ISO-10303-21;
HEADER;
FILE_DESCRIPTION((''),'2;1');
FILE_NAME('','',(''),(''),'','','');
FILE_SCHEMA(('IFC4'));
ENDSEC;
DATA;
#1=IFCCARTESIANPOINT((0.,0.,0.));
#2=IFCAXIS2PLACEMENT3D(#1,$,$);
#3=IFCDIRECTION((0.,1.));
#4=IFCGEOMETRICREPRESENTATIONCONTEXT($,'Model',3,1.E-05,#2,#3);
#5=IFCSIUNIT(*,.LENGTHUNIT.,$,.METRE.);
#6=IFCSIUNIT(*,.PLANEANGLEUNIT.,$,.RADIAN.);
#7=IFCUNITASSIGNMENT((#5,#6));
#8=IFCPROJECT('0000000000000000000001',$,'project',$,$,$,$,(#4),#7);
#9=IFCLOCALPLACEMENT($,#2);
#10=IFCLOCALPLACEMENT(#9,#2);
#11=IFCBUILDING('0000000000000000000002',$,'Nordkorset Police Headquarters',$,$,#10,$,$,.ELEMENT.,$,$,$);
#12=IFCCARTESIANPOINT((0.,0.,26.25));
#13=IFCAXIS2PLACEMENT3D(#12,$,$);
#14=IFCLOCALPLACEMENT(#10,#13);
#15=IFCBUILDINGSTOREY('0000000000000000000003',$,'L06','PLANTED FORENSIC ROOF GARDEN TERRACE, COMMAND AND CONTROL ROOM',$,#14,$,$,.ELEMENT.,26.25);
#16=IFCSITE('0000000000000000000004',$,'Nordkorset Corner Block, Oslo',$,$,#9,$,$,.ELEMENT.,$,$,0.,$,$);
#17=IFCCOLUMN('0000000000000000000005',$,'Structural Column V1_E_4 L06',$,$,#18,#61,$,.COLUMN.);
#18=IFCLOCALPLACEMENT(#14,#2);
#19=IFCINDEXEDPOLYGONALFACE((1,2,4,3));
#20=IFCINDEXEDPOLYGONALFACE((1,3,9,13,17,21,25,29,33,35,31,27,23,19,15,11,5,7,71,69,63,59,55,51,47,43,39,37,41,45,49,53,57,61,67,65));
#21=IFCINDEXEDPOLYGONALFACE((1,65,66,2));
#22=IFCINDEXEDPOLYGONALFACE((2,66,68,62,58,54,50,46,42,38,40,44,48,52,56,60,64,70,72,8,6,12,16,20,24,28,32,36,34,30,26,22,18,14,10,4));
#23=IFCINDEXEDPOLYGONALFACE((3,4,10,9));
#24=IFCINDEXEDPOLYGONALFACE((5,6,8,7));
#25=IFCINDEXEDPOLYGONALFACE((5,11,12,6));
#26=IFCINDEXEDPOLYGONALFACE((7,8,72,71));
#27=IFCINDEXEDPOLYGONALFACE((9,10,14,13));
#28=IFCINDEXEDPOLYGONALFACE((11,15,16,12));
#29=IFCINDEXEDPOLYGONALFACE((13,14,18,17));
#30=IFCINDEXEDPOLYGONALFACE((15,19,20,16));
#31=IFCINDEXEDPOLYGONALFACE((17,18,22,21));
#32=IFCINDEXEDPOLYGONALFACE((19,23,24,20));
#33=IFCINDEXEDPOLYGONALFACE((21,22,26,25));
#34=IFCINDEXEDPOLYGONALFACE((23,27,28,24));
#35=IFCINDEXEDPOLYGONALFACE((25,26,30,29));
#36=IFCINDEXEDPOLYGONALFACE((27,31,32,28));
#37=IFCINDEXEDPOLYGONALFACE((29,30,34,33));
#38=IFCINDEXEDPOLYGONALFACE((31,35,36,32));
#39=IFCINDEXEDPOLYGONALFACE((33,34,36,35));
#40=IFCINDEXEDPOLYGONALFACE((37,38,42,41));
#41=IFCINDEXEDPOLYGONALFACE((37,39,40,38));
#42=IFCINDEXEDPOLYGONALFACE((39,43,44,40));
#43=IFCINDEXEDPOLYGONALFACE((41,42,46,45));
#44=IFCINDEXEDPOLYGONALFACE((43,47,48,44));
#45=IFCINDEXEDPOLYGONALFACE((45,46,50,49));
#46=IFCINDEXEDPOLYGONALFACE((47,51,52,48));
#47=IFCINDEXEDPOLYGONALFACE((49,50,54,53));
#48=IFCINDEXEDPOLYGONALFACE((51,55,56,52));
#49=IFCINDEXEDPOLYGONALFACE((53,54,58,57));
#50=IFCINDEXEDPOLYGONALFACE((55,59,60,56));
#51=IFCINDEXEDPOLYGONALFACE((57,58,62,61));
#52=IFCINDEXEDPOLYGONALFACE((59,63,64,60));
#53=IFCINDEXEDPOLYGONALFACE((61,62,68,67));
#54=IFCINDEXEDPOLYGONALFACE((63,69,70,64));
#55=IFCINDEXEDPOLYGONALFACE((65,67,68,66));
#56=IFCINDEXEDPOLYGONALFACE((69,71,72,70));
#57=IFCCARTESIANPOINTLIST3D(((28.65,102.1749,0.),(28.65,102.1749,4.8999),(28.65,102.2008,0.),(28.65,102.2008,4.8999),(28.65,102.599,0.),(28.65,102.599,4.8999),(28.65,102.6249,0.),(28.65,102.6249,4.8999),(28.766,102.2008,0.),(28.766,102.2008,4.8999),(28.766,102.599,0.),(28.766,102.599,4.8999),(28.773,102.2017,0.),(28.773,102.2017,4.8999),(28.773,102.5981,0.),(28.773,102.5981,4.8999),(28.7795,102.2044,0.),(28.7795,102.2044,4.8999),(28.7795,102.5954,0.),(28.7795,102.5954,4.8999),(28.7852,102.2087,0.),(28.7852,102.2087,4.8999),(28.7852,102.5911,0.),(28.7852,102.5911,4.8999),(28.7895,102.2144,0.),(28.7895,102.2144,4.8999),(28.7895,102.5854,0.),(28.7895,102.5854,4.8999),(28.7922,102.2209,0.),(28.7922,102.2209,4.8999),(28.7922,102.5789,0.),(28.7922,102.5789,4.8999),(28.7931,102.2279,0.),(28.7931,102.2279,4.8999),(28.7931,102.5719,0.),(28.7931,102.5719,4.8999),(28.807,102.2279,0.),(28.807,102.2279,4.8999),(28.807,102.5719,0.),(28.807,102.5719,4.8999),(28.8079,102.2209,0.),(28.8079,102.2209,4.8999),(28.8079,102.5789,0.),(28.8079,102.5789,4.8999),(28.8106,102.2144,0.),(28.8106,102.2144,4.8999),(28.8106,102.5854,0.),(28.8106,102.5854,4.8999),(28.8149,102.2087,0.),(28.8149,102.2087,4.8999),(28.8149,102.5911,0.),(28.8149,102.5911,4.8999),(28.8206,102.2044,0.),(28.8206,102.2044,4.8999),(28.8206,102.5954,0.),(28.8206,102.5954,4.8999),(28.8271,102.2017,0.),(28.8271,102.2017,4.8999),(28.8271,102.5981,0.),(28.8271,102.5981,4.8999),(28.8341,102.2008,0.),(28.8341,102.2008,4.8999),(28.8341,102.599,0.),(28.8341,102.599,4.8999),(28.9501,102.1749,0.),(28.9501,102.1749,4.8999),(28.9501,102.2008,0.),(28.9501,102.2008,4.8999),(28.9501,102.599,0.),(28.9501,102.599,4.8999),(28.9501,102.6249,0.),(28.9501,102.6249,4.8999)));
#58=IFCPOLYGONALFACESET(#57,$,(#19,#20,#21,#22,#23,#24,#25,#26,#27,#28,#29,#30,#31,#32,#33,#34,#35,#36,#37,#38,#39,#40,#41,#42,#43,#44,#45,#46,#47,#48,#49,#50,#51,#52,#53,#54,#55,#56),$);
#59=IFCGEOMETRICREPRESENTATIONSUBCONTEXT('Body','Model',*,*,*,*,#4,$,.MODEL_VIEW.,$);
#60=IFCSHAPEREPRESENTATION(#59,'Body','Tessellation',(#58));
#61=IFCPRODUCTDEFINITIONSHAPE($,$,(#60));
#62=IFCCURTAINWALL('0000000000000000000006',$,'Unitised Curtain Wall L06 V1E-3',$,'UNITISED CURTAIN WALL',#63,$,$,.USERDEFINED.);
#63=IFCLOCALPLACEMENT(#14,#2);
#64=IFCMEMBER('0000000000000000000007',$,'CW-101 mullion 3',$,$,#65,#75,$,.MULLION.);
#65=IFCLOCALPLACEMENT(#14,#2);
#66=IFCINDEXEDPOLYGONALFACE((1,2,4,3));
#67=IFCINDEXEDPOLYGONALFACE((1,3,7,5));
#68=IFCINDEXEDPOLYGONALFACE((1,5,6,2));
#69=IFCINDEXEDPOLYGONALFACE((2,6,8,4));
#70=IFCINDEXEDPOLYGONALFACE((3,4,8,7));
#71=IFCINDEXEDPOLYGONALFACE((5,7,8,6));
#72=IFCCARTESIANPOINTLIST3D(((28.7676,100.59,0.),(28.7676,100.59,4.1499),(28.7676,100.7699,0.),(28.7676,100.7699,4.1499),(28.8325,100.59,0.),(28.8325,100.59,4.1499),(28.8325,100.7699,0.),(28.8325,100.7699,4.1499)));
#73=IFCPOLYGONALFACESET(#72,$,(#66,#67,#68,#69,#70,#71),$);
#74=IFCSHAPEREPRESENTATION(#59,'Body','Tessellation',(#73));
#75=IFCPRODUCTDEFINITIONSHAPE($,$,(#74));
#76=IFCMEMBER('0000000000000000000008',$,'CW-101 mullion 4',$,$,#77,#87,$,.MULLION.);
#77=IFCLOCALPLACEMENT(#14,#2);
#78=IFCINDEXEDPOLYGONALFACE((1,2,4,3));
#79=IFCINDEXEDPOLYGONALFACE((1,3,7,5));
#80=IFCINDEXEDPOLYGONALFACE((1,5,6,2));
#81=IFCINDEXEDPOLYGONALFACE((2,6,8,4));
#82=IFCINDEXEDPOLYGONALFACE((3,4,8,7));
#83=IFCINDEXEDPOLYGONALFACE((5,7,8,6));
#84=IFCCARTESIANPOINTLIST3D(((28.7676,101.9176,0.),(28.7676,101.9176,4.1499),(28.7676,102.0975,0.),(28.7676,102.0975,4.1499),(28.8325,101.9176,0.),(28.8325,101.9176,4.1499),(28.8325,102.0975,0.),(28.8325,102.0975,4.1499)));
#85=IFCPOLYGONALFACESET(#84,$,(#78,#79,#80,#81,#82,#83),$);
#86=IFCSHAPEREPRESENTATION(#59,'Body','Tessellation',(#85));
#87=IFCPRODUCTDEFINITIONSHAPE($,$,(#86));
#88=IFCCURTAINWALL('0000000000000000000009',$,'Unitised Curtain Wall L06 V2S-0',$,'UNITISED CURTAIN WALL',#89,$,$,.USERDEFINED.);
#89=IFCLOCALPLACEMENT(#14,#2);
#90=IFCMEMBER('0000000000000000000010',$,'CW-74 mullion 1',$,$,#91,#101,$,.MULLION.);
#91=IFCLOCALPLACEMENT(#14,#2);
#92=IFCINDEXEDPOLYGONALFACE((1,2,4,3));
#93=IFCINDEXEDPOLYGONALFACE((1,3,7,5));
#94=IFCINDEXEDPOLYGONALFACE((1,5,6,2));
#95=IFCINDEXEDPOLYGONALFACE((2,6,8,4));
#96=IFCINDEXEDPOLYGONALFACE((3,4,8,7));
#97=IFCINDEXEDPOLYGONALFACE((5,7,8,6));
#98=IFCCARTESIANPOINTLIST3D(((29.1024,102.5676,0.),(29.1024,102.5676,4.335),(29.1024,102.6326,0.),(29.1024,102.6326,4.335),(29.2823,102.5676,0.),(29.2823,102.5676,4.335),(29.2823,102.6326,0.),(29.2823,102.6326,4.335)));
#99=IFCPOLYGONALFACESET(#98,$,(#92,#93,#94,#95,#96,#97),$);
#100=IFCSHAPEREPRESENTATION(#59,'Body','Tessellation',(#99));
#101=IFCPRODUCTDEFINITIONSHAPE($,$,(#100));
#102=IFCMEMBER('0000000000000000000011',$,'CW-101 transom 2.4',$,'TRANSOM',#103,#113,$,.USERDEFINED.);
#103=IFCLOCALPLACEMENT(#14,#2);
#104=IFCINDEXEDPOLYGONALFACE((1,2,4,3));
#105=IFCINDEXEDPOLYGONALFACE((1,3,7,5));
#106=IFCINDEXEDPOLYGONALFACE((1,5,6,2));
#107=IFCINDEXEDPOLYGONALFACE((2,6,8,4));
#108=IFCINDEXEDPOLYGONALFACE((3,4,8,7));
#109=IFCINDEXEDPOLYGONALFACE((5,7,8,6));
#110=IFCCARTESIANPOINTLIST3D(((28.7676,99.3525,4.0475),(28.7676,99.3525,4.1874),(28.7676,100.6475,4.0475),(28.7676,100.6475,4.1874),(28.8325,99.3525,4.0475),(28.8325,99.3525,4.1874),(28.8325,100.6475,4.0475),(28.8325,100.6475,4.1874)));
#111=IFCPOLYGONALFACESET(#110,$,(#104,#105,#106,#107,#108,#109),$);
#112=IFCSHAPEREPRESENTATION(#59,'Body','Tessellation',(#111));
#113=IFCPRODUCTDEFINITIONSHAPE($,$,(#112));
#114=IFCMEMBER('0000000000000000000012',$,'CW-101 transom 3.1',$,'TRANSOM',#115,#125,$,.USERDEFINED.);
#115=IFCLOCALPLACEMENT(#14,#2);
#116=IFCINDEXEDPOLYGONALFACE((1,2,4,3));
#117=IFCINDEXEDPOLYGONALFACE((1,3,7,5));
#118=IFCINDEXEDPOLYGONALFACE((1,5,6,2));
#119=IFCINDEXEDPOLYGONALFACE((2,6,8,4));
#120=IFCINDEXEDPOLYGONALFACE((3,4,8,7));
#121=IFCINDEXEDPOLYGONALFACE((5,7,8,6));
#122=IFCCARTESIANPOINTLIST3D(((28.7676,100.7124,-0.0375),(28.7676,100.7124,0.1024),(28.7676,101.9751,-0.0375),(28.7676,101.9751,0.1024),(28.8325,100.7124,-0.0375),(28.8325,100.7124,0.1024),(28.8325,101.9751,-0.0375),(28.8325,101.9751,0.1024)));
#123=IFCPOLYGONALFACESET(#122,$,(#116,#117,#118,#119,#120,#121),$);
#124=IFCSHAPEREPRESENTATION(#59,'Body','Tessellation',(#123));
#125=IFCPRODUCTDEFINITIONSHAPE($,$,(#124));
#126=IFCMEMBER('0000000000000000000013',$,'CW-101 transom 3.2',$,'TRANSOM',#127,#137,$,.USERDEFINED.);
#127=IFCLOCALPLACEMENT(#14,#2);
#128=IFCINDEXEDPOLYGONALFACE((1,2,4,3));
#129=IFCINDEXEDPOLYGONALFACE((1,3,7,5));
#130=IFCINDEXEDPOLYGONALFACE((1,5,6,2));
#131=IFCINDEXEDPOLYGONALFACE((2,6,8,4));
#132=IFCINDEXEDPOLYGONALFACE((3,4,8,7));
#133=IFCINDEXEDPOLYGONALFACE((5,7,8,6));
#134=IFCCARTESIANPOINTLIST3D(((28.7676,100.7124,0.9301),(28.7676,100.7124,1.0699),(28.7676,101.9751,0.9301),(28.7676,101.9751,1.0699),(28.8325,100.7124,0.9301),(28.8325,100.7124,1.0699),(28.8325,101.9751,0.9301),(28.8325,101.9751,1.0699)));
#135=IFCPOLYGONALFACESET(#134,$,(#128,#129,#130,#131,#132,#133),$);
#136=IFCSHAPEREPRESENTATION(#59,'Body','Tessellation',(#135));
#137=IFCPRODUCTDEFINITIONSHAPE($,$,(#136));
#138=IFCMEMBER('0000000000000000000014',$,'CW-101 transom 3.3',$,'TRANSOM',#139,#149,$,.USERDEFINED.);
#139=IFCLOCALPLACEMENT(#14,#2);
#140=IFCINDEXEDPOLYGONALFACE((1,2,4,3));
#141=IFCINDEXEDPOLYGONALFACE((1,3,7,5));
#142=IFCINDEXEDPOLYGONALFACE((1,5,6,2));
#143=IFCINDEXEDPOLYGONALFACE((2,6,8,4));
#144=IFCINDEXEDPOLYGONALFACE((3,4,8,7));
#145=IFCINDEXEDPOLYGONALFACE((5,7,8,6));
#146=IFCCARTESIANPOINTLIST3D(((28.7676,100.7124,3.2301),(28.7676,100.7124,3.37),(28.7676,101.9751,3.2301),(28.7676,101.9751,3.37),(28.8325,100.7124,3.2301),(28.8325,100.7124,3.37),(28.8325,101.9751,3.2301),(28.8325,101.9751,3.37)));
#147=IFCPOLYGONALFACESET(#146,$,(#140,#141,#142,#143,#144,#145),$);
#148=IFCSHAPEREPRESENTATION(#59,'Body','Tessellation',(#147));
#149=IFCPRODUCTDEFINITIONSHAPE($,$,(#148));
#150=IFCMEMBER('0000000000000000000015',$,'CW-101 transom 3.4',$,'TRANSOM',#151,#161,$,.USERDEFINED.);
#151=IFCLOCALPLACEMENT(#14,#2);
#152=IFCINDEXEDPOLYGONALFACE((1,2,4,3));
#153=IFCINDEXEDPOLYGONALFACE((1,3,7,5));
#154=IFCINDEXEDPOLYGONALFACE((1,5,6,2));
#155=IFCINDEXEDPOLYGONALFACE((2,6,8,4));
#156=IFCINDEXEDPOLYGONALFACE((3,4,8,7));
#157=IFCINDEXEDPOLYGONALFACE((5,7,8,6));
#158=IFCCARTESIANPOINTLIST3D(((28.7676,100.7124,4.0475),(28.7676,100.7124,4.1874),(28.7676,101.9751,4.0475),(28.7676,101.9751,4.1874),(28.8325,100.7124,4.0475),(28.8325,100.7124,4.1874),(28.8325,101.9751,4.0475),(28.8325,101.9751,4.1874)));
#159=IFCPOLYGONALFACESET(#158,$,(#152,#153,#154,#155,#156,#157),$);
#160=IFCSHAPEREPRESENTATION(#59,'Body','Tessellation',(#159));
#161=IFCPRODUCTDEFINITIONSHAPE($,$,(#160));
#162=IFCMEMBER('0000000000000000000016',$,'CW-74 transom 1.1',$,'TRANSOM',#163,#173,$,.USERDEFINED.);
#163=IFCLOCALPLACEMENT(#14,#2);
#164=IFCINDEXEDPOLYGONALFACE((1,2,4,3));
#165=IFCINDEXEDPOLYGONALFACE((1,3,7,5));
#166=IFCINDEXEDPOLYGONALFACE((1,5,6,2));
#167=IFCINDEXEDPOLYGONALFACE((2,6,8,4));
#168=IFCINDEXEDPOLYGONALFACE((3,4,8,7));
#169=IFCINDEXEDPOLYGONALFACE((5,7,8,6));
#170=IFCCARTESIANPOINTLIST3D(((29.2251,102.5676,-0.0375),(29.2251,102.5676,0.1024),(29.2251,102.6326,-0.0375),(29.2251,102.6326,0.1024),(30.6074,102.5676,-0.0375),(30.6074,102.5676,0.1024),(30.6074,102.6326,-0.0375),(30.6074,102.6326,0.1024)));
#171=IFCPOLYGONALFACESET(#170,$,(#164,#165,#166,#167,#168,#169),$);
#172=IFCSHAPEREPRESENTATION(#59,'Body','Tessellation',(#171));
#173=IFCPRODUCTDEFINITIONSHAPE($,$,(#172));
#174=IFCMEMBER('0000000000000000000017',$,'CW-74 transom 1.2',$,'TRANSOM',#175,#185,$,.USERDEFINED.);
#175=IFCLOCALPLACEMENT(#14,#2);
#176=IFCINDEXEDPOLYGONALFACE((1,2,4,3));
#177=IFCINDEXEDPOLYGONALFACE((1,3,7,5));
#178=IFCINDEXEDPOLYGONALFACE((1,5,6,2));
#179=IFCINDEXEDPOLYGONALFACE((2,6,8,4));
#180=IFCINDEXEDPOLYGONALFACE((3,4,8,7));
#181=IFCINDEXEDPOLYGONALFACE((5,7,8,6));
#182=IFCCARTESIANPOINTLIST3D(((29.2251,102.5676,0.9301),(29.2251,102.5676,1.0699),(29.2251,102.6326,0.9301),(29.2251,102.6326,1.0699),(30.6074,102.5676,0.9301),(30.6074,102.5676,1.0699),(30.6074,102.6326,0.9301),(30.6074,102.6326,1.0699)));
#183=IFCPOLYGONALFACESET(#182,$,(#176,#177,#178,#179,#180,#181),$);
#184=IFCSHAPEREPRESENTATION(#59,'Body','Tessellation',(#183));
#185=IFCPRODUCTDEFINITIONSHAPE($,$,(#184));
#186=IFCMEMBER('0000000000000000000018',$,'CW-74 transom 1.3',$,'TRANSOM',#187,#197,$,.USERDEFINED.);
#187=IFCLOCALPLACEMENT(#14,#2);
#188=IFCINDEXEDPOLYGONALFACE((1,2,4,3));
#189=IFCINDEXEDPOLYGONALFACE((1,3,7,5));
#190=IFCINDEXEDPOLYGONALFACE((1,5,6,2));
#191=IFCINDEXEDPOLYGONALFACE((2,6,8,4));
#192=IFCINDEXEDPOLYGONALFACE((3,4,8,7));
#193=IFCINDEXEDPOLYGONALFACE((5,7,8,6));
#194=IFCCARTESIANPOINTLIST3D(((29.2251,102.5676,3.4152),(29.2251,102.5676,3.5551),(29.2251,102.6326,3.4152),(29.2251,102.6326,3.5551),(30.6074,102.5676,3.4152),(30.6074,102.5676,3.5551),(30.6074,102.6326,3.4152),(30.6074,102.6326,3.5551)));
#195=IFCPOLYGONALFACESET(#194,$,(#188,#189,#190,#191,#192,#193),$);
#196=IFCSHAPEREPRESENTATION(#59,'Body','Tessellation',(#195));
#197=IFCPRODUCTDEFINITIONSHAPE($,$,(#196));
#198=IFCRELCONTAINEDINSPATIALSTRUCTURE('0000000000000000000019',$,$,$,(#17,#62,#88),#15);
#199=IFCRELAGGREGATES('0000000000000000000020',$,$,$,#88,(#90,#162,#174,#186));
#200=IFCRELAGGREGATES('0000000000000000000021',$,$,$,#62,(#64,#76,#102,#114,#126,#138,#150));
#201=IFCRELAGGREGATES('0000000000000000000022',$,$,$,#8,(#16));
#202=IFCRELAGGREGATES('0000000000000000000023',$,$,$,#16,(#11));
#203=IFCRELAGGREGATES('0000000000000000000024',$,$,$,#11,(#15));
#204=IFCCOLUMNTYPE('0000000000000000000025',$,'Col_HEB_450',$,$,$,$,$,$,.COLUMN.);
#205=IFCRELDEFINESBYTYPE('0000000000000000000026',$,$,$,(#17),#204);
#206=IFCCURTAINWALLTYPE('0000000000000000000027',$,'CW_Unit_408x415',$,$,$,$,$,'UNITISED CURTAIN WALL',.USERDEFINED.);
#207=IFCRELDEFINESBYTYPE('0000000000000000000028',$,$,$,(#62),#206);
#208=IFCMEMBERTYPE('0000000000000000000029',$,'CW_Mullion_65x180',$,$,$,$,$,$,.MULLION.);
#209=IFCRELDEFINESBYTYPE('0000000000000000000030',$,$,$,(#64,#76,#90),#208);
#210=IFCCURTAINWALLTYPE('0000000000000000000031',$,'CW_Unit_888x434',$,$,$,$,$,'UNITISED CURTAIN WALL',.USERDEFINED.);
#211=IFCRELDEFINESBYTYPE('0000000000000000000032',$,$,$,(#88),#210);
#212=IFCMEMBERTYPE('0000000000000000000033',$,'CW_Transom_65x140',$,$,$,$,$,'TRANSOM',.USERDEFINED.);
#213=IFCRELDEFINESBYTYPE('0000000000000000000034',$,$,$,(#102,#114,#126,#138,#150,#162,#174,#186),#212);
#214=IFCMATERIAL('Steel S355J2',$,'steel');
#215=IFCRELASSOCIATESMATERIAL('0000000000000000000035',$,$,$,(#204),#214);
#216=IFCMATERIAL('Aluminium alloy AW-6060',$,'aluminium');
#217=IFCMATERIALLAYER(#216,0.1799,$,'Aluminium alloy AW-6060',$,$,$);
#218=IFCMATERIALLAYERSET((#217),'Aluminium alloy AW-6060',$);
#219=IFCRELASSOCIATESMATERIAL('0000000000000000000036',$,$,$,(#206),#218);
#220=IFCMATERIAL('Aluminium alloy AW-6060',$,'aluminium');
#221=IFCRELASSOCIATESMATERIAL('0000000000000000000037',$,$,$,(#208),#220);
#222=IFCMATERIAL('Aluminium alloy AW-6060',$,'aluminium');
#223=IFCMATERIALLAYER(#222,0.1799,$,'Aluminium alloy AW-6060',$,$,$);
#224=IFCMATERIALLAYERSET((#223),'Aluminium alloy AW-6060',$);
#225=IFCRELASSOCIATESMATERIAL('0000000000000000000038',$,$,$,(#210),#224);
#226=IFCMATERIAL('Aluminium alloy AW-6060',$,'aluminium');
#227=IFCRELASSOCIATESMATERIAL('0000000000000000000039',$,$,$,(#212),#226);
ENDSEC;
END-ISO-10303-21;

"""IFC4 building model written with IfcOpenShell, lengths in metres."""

from ifc_helpers import new_model, si_unit, direction, frame, origin, origin_2d, place, context, subcontext, project, spatial, rectangle, i_section, extrude, material, layer, layer_set, material_profile, profile_set, type_object, element, aggregate, save


model = new_model("IFC4")

# Units and contexts
model_context = context("Model", 3, precision=1e-05, world=origin(), true_north=direction((0.0, 1.0)))
body_context = subcontext(model_context, "Body", "Model", "MODEL_VIEW")
ifc_project = project(units=[si_unit("LENGTHUNIT", "METRE"), si_unit("PLANEANGLEUNIT", "RADIAN")], contexts=[model_context])

# Site, building, storey
site_placement = place(None, origin())
site = spatial("IfcSite", under=ifc_project, at=site_placement, Name="Nordkorset Corner Block, Oslo", CompositionType="ELEMENT", RefElevation=0.0)
building_placement = place(site_placement, origin())
building = spatial("IfcBuilding", under=site, at=building_placement, Name="Nordkorset Police Headquarters", CompositionType="ELEMENT")
storey_placement = place(building_placement, frame((0.0, 0.0, 26.25)))
storey = spatial("IfcBuildingStorey", under=building, at=storey_placement, Name="L06", Description="PLANTED FORENSIC ROOF GARDEN TERRACE, COMMAND AND CONTROL ROOM", CompositionType="ELEMENT", Elevation=26.25)

# Column
ifc_material_1 = material(Name="Steel S355J2", Category="steel")
ifc_material_profile_1 = material_profile(ifc_material_1, i_section(OverallWidth=0.3, OverallDepth=0.45, WebThickness=0.0139, FlangeThickness=0.0259, FilletRadius=0.0271, at=origin_2d()), Name="HEB 450")
ifc_profile_set_1 = profile_set([ifc_material_profile_1], Name="Steel S355J2")
column_type = type_object("IfcColumnType", Name="Col_HEB_450", PredefinedType="COLUMN", material=ifc_profile_set_1)
column_placement = place(storey_placement, frame((28.8, 102.3999, 0.0), z_axis=(0.0, 0.0, 1.0), x_axis=(1.0, 0.0, 0.0)))
element("IfcColumn", 1, at=column_placement, inside=storey, type_object=column_type, Name="Structural Column V1_E_4 L06", PredefinedType="COLUMN", context=body_context, shape_type="SweptSolid", body=[
    extrude(i_section(OverallWidth=0.3, OverallDepth=0.45, WebThickness=0.0139, FlangeThickness=0.0259, FilletRadius=0.0271, at=origin_2d()), origin(), (0.0, 0.0, 1.0), 4.8999),
])

# Curtain wall, members
ifc_material_2 = material(Name="Aluminium alloy AW-6060", Category="aluminium")
ifc_layer_1 = layer(ifc_material_2, 0.1799, Name="Aluminium alloy AW-6060")
ifc_layer_set_1 = layer_set([ifc_layer_1], Name="Aluminium alloy AW-6060")
curtain_wall_type_1 = type_object("IfcCurtainWallType", Name="CW_Unit_408x415", ElementType="UNITISED CURTAIN WALL", PredefinedType="USERDEFINED", material=ifc_layer_set_1)
curtain_wall_1_placement = place(storey_placement, origin())
curtain_wall_1 = element("IfcCurtainWall", 2, at=curtain_wall_1_placement, inside=storey, type_object=curtain_wall_type_1, Name="Unitised Curtain Wall L06 V1E-3", ObjectType="UNITISED CURTAIN WALL", PredefinedType="USERDEFINED")
ifc_material_3 = material(Name="Aluminium alloy AW-6060", Category="aluminium")
ifc_material_profile_2 = material_profile(ifc_material_3, rectangle(XDim=0.0649, YDim=0.1799, at=origin_2d()), Name="ALU MULL 65x180")
ifc_profile_set_2 = profile_set([ifc_material_profile_2], Name="Aluminium alloy AW-6060")
member_type_1 = type_object("IfcMemberType", Name="CW_Mullion_65x180", PredefinedType="MULLION", material=ifc_profile_set_2)
member_1_placement = place(storey_placement, frame((28.8, 100.6799, 0.0), z_axis=(0.0, 0.0, 1.0), x_axis=(-1.0, 0.0, 0.0)))
member_1 = element("IfcMember", 3, at=member_1_placement, type_object=member_type_1, Name="CW-101 mullion 3", PredefinedType="MULLION", context=body_context, shape_type="SweptSolid", body=[
    extrude(rectangle(XDim=0.0649, YDim=0.1799, at=origin_2d()), origin(), (0.0, 0.0, 1.0), 4.1499),
])
member_2_placement = place(storey_placement, frame((28.8, 102.0076, 0.0), z_axis=(0.0, 0.0, 1.0), x_axis=(-1.0, 0.0, 0.0)))
member_2 = element("IfcMember", 4, at=member_2_placement, type_object=member_type_1, Name="CW-101 mullion 4", PredefinedType="MULLION", context=body_context, shape_type="SweptSolid", body=[
    extrude(rectangle(XDim=0.0649, YDim=0.1799, at=origin_2d()), origin(), (0.0, 0.0, 1.0), 4.1499),
])

# Curtain wall, member
ifc_material_4 = material(Name="Aluminium alloy AW-6060", Category="aluminium")
ifc_layer_2 = layer(ifc_material_4, 0.1799, Name="Aluminium alloy AW-6060")
ifc_layer_set_2 = layer_set([ifc_layer_2], Name="Aluminium alloy AW-6060")
curtain_wall_type_2 = type_object("IfcCurtainWallType", Name="CW_Unit_888x434", ElementType="UNITISED CURTAIN WALL", PredefinedType="USERDEFINED", material=ifc_layer_set_2)
curtain_wall_2_placement = place(storey_placement, origin())
curtain_wall_2 = element("IfcCurtainWall", 5, at=curtain_wall_2_placement, inside=storey, type_object=curtain_wall_type_2, Name="Unitised Curtain Wall L06 V2S-0", ObjectType="UNITISED CURTAIN WALL", PredefinedType="USERDEFINED")
member_3_placement = place(storey_placement, frame((29.1924, 102.6001, 0.0), z_axis=(0.0, 0.0, 1.0), x_axis=(0.0, 1.0, 0.0)))
member_3 = element("IfcMember", 6, at=member_3_placement, type_object=member_type_1, Name="CW-74 mullion 1", PredefinedType="MULLION", context=body_context, shape_type="SweptSolid", body=[
    extrude(rectangle(XDim=0.0649, YDim=0.1799, at=origin_2d()), origin(), (0.0, 0.0, 1.0), 4.335),
])

# Members
ifc_material_5 = material(Name="Aluminium alloy AW-6060", Category="aluminium")
ifc_material_profile_3 = material_profile(ifc_material_5, rectangle(XDim=0.0649, YDim=0.1399, at=origin_2d()), Name="ALU TRAN 65x140")
ifc_profile_set_3 = profile_set([ifc_material_profile_3], Name="Aluminium alloy AW-6060")
member_type_2 = type_object("IfcMemberType", Name="CW_Transom_65x140", ElementType="TRANSOM", PredefinedType="USERDEFINED", material=ifc_profile_set_3)
member_4_placement = place(storey_placement, frame((28.8, 99.3525, 4.1174), z_axis=(0.0, 1.0, 0.0), x_axis=(-1.0, 0.0, 0.0)))
member_4 = element("IfcMember", 7, at=member_4_placement, type_object=member_type_2, Name="CW-101 transom 2.4", ObjectType="TRANSOM", PredefinedType="USERDEFINED", context=body_context, shape_type="SweptSolid", body=[
    extrude(rectangle(XDim=0.0649, YDim=0.1399, at=origin_2d()), origin(), (0.0, 0.0, 1.0), 1.2949),
])
member_5_placement = place(storey_placement, frame((28.8, 100.7124, 0.0325), z_axis=(0.0, 1.0, 0.0), x_axis=(-1.0, 0.0, 0.0)))
member_5 = element("IfcMember", 8, at=member_5_placement, type_object=member_type_2, Name="CW-101 transom 3.1", ObjectType="TRANSOM", PredefinedType="USERDEFINED", context=body_context, shape_type="SweptSolid", body=[
    extrude(rectangle(XDim=0.0649, YDim=0.1399, at=origin_2d()), origin(), (0.0, 0.0, 1.0), 1.2627),
])
member_6_placement = place(storey_placement, frame((28.8, 100.7124, 1.0), z_axis=(0.0, 1.0, 0.0), x_axis=(-1.0, 0.0, 0.0)))
member_6 = element("IfcMember", 9, at=member_6_placement, type_object=member_type_2, Name="CW-101 transom 3.2", ObjectType="TRANSOM", PredefinedType="USERDEFINED", context=body_context, shape_type="SweptSolid", body=[
    extrude(rectangle(XDim=0.0649, YDim=0.1399, at=origin_2d()), origin(), (0.0, 0.0, 1.0), 1.2627),
])
member_7_placement = place(storey_placement, frame((28.8, 100.7124, 3.3), z_axis=(0.0, 1.0, 0.0), x_axis=(-1.0, 0.0, 0.0)))
member_7 = element("IfcMember", 10, at=member_7_placement, type_object=member_type_2, Name="CW-101 transom 3.3", ObjectType="TRANSOM", PredefinedType="USERDEFINED", context=body_context, shape_type="SweptSolid", body=[
    extrude(rectangle(XDim=0.0649, YDim=0.1399, at=origin_2d()), origin(), (0.0, 0.0, 1.0), 1.2627),
])
member_8_placement = place(storey_placement, frame((28.8, 100.7124, 4.1174), z_axis=(0.0, 1.0, 0.0), x_axis=(-1.0, 0.0, 0.0)))
member_8 = element("IfcMember", 11, at=member_8_placement, type_object=member_type_2, Name="CW-101 transom 3.4", ObjectType="TRANSOM", PredefinedType="USERDEFINED", context=body_context, shape_type="SweptSolid", body=[
    extrude(rectangle(XDim=0.0649, YDim=0.1399, at=origin_2d()), origin(), (0.0, 0.0, 1.0), 1.2627),
])
member_9_placement = place(storey_placement, frame((29.2251, 102.6001, 0.0325), z_axis=(1.0, 0.0, 0.0), x_axis=(0.0, 1.0, 0.0)))
member_9 = element("IfcMember", 12, at=member_9_placement, type_object=member_type_2, Name="CW-74 transom 1.1", ObjectType="TRANSOM", PredefinedType="USERDEFINED", context=body_context, shape_type="SweptSolid", body=[
    extrude(rectangle(XDim=0.0649, YDim=0.1399, at=origin_2d()), origin(), (0.0, 0.0, 1.0), 1.3823),
])
member_10_placement = place(storey_placement, frame((29.2251, 102.6001, 1.0), z_axis=(1.0, 0.0, 0.0), x_axis=(0.0, 1.0, 0.0)))
member_10 = element("IfcMember", 13, at=member_10_placement, type_object=member_type_2, Name="CW-74 transom 1.2", ObjectType="TRANSOM", PredefinedType="USERDEFINED", context=body_context, shape_type="SweptSolid", body=[
    extrude(rectangle(XDim=0.0649, YDim=0.1399, at=origin_2d()), origin(), (0.0, 0.0, 1.0), 1.3823),
])
member_11_placement = place(storey_placement, frame((29.2251, 102.6001, 3.4851), z_axis=(1.0, 0.0, 0.0), x_axis=(0.0, 1.0, 0.0)))
member_11 = element("IfcMember", 14, at=member_11_placement, type_object=member_type_2, Name="CW-74 transom 1.3", ObjectType="TRANSOM", PredefinedType="USERDEFINED", context=body_context, shape_type="SweptSolid", body=[
    extrude(rectangle(XDim=0.0649, YDim=0.1399, at=origin_2d()), origin(), (0.0, 0.0, 1.0), 1.3823),
])
aggregate(curtain_wall_2, [member_3, member_9, member_10, member_11])

aggregate(curtain_wall_1, [member_1, member_2, member_4, member_5, member_6, member_7, member_8])

save(model, "model.ifc")
